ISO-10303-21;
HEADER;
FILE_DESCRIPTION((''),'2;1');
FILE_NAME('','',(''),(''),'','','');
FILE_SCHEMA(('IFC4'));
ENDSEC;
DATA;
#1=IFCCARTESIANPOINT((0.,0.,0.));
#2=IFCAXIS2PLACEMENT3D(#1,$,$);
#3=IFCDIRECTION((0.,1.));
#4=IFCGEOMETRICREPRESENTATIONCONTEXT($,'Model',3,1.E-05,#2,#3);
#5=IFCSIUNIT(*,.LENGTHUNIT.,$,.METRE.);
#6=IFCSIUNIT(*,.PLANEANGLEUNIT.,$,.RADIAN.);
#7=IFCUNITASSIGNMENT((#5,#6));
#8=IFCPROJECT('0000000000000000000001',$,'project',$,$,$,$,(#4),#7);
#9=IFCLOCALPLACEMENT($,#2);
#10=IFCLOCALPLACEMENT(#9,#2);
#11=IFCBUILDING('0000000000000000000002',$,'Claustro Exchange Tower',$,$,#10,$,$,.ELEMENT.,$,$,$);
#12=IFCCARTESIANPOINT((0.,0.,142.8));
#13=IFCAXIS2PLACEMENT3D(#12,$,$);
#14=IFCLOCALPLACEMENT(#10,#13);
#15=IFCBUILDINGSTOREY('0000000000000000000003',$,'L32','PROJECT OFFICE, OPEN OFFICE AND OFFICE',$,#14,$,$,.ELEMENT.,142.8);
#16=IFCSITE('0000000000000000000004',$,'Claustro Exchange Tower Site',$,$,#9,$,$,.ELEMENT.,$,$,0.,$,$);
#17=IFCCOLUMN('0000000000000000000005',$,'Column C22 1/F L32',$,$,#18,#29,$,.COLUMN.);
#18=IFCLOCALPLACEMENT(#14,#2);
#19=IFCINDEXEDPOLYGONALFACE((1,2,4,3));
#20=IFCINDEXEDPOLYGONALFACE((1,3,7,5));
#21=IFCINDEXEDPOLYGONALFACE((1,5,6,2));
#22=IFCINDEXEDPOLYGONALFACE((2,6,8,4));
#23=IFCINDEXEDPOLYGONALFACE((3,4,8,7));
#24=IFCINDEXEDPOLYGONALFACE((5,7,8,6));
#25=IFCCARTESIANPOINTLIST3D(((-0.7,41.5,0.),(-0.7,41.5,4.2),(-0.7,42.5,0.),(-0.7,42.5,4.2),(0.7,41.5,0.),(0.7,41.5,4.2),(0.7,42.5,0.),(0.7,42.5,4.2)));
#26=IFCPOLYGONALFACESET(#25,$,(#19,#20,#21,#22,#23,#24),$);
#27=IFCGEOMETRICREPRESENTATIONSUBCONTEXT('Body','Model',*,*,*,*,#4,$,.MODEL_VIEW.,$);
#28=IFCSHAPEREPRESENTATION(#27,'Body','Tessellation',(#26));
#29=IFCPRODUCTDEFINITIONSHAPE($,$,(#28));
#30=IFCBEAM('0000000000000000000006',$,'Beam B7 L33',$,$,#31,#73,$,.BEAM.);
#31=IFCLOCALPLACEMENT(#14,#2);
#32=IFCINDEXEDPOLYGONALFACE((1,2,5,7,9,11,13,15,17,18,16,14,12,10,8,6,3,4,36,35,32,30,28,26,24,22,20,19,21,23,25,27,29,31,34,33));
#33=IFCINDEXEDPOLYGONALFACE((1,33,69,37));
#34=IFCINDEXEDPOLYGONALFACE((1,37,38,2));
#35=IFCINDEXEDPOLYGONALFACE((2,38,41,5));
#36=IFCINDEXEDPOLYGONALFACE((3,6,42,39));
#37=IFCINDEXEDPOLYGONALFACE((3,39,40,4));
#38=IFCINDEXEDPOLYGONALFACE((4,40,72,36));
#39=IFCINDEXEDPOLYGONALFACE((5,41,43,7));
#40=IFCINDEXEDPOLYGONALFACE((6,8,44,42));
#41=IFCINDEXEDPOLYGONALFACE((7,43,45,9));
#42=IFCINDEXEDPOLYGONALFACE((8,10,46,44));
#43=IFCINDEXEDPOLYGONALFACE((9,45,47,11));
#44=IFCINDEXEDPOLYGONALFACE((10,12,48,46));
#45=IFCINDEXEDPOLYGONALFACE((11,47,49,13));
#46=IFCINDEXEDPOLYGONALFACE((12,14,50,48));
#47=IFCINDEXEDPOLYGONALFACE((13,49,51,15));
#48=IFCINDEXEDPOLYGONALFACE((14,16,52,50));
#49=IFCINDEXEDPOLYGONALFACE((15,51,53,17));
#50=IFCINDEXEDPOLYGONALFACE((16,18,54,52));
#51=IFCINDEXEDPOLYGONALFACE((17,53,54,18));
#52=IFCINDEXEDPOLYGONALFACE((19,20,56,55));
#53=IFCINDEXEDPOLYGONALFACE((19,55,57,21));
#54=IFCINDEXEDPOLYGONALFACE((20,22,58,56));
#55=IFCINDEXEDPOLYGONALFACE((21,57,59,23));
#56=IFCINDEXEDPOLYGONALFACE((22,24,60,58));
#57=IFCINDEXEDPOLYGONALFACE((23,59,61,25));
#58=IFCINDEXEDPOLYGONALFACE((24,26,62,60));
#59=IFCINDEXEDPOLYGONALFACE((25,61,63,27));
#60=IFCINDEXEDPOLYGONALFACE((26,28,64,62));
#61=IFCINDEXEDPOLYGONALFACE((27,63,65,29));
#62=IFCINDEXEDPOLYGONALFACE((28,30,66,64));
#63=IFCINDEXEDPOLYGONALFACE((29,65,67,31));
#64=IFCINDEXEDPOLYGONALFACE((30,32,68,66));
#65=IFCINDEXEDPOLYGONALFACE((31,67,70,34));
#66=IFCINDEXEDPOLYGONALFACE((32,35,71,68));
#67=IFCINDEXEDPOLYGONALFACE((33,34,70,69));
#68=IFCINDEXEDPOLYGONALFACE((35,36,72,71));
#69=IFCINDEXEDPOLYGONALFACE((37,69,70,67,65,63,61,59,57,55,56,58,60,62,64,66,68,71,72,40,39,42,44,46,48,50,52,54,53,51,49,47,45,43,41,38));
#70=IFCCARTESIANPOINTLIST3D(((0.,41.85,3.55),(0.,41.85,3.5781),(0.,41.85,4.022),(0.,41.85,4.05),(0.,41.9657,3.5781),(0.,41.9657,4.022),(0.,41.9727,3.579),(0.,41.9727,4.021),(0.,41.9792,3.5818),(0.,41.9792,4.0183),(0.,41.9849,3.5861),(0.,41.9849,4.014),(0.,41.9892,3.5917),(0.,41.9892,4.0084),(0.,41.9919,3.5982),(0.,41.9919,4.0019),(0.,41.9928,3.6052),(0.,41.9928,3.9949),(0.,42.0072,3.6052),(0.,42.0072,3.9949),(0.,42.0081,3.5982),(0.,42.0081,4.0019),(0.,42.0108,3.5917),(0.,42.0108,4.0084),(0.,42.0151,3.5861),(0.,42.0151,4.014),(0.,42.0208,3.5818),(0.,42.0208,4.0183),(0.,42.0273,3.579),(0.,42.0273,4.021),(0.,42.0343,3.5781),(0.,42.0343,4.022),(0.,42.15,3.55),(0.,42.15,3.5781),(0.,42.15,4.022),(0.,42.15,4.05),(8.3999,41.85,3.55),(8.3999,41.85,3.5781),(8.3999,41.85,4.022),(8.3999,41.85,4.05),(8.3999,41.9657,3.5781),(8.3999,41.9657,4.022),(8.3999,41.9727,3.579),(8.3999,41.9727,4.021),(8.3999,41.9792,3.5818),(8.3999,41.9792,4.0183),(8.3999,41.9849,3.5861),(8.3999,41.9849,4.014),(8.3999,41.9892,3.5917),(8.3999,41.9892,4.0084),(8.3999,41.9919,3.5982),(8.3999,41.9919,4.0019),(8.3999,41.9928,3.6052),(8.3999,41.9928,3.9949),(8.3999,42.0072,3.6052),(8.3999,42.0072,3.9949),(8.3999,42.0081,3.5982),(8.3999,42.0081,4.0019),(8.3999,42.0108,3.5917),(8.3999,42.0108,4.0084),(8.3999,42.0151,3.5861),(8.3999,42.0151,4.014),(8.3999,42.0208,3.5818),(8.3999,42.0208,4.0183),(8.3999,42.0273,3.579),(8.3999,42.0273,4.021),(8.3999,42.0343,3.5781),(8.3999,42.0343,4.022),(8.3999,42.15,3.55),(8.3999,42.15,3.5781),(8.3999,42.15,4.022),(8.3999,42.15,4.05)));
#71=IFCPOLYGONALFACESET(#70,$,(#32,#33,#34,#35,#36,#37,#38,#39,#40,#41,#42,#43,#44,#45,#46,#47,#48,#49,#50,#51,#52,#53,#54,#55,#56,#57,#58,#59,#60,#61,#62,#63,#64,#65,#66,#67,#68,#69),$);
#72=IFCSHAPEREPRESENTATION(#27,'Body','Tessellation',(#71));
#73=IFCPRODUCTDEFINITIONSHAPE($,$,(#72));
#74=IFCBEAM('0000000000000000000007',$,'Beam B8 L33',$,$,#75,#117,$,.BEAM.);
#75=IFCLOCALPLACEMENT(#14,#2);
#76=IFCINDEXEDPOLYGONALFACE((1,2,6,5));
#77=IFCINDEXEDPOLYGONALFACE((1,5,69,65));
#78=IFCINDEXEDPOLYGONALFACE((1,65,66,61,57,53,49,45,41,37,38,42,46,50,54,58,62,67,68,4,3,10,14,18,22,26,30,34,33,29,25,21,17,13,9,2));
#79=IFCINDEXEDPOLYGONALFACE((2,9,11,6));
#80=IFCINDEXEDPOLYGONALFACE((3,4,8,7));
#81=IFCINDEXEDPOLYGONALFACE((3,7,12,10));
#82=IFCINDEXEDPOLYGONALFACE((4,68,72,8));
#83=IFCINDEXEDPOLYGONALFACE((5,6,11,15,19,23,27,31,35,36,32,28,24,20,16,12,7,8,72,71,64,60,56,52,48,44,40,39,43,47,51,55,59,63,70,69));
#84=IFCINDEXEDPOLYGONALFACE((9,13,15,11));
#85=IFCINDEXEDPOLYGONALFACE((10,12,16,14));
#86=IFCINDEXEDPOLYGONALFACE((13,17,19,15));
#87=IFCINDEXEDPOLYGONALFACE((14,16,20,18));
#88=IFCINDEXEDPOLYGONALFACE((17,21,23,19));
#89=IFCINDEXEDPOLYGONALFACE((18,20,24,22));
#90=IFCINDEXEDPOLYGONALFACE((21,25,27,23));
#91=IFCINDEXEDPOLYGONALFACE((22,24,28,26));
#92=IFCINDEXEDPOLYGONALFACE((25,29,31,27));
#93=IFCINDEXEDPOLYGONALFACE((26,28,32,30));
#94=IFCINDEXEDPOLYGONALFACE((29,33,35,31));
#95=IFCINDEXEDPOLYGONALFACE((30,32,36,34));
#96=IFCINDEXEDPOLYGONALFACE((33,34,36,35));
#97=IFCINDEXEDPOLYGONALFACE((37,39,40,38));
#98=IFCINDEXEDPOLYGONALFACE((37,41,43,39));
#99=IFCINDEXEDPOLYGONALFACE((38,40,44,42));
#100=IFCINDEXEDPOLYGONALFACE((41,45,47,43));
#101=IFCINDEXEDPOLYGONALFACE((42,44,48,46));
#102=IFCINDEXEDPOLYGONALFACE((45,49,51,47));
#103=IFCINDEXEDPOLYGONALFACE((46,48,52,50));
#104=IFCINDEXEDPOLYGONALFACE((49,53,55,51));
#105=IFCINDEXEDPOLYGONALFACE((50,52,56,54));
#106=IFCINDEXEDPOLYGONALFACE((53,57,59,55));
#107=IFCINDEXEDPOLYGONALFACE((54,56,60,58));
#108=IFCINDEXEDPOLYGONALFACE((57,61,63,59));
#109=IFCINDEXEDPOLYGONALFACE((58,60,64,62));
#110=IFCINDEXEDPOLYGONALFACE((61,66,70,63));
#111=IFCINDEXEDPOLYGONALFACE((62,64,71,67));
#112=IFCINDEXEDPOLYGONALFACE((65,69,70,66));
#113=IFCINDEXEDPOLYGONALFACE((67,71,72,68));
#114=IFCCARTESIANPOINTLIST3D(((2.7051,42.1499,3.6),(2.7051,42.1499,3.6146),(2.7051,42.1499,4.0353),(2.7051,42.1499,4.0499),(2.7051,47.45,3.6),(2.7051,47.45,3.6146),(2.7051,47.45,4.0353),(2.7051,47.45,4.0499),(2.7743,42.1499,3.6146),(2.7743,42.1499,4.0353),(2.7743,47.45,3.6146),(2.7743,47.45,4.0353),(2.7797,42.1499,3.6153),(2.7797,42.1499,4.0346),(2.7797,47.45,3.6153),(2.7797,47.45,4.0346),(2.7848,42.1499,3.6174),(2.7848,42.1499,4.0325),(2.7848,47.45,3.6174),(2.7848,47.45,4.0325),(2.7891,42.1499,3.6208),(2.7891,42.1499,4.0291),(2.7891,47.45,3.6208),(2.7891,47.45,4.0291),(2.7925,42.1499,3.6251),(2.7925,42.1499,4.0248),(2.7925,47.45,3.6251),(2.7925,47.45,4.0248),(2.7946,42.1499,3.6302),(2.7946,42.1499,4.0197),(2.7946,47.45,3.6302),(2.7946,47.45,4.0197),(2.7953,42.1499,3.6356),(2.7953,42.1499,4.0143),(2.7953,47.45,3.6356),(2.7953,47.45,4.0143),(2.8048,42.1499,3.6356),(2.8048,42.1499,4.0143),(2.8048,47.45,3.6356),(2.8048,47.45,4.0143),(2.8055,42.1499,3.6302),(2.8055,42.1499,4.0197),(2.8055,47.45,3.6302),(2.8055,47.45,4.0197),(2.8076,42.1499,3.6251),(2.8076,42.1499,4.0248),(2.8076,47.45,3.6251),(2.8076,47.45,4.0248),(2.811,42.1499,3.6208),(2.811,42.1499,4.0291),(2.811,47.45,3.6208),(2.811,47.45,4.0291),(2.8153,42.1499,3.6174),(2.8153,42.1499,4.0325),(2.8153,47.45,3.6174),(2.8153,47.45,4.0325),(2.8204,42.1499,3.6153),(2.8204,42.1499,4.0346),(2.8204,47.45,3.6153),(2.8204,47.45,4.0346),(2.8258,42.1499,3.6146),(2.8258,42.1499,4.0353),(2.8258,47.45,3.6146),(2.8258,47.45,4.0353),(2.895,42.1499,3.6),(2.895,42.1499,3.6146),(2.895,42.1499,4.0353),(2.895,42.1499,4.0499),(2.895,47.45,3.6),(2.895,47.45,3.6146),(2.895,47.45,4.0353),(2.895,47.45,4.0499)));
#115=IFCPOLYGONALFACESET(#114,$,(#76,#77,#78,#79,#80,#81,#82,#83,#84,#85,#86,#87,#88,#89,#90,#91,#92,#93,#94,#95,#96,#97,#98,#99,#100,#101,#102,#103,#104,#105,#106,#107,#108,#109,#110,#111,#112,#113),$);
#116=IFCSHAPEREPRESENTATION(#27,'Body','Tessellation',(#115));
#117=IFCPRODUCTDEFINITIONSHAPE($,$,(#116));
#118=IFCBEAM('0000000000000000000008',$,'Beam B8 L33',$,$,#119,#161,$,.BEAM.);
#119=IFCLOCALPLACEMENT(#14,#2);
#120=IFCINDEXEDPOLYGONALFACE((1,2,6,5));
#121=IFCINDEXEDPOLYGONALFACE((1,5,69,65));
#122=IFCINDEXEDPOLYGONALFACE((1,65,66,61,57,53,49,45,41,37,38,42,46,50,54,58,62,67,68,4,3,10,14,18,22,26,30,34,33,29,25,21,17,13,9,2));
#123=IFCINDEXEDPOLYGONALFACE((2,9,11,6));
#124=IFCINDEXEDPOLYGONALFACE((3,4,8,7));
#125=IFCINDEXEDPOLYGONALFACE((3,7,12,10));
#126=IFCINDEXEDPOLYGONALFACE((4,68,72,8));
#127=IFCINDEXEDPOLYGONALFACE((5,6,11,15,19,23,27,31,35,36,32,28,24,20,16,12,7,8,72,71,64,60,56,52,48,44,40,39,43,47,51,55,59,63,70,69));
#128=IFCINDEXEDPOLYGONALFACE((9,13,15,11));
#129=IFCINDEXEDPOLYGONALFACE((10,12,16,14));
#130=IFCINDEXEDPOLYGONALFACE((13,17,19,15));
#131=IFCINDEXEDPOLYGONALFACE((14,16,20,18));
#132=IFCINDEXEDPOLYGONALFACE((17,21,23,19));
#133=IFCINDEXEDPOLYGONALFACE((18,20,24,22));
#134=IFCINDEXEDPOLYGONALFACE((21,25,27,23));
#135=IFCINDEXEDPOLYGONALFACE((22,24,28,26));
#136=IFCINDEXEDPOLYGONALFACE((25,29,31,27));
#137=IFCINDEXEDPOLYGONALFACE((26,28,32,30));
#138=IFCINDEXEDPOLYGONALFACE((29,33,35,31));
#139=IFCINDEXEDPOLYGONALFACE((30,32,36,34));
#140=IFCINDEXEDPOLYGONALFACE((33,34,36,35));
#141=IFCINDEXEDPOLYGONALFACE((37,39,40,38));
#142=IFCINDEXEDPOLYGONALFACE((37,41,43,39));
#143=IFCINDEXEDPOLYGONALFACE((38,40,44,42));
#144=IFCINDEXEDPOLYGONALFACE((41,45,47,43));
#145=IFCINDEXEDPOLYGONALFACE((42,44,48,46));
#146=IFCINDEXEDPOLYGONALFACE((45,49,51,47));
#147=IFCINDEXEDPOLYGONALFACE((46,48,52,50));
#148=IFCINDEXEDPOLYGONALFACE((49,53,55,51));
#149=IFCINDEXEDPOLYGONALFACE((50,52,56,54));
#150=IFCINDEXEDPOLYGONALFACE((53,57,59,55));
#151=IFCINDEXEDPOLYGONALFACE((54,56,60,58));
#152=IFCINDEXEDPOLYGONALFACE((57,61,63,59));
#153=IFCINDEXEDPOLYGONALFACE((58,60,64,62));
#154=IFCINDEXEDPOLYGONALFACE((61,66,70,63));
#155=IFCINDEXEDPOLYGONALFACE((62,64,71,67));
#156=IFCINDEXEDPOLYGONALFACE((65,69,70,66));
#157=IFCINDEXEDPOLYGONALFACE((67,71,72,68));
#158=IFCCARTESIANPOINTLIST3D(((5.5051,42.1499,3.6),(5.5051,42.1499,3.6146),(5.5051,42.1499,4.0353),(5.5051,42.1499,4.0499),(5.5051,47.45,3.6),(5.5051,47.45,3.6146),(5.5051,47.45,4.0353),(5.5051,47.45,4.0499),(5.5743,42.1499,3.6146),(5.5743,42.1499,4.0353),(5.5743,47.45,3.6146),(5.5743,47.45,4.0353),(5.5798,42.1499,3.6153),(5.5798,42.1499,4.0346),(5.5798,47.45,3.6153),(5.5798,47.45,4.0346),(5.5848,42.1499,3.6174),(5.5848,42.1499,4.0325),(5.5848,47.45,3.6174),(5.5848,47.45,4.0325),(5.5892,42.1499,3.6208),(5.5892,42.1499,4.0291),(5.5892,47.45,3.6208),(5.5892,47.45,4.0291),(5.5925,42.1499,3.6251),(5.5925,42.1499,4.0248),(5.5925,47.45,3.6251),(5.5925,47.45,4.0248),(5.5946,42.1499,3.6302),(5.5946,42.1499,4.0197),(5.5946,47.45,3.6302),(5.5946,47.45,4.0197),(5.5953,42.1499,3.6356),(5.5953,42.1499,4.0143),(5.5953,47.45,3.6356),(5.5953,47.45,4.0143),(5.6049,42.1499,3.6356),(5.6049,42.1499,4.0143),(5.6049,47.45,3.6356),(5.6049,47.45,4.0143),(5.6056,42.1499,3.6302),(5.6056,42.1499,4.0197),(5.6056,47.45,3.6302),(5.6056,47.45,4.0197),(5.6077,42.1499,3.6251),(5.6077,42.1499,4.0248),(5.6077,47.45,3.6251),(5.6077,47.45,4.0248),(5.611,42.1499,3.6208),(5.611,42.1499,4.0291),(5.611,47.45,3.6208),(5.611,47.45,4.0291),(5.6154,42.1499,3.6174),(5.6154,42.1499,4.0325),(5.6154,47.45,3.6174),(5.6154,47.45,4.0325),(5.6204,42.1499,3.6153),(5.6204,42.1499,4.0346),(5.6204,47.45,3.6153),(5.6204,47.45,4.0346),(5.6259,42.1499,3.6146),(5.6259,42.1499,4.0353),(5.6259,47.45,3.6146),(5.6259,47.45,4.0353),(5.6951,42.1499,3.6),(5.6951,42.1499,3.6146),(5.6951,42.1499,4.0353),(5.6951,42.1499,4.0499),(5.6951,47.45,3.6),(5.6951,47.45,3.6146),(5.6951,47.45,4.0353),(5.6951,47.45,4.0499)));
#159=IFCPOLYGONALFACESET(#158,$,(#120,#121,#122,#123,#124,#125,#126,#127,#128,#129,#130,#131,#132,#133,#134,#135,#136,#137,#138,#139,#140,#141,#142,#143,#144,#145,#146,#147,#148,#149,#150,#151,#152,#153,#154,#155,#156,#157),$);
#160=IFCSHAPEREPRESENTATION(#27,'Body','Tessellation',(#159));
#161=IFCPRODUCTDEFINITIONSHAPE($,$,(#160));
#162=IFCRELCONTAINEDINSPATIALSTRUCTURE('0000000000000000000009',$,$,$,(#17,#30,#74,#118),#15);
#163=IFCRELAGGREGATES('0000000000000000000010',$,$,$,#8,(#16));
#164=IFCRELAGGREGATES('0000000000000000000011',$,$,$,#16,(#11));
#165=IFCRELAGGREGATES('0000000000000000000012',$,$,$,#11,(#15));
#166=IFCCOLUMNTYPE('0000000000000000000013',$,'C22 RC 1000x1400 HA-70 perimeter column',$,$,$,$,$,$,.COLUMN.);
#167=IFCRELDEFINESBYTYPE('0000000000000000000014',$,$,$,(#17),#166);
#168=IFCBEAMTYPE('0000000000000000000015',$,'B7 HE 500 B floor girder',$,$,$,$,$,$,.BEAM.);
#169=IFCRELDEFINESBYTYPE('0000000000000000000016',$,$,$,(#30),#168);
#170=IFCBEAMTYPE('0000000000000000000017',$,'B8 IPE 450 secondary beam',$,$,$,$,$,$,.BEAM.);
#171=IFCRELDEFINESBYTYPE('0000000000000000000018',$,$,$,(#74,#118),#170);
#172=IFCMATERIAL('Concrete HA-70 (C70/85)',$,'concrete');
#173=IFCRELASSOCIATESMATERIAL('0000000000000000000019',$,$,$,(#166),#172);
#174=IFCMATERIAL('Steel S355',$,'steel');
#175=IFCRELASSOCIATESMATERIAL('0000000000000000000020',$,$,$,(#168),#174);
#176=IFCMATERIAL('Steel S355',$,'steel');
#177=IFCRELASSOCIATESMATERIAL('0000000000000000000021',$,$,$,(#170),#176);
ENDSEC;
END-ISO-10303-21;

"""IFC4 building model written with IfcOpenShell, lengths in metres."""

from ifc_helpers import new_model, si_unit, direction, frame, origin, origin_2d, place, context, subcontext, project, spatial, rectangle, i_section, extrude, material, material_profile, profile_set, type_object, element, save


model = new_model("IFC4")

# Units and contexts
model_context = context("Model", 3, precision=1e-05, world=origin(), true_north=direction((0.0, 1.0)))
body_context = subcontext(model_context, "Body", "Model", "MODEL_VIEW")
ifc_project = project(units=[si_unit("LENGTHUNIT", "METRE"), si_unit("PLANEANGLEUNIT", "RADIAN")], contexts=[model_context])

# Site, building, storey
site_placement = place(None, origin())
site = spatial("IfcSite", under=ifc_project, at=site_placement, Name="Claustro Exchange Tower Site", CompositionType="ELEMENT", RefElevation=0.0)
building_placement = place(site_placement, origin())
building = spatial("IfcBuilding", under=site, at=building_placement, Name="Claustro Exchange Tower", CompositionType="ELEMENT")
storey_placement = place(building_placement, frame((0.0, 0.0, 142.8)))
storey = spatial("IfcBuildingStorey", under=building, at=storey_placement, Name="L32", Description="PROJECT OFFICE, OPEN OFFICE AND OFFICE", CompositionType="ELEMENT", Elevation=142.8)

# Column
ifc_material_1 = material(Name="Concrete HA-70 (C70/85)", Category="concrete")
ifc_material_profile_1 = material_profile(ifc_material_1, rectangle(XDim=1.0, YDim=1.3999, at=origin_2d()), Name="RC 1000x1400")
ifc_profile_set_1 = profile_set([ifc_material_profile_1], Name="Concrete HA-70 (C70/85)")
column_type = type_object("IfcColumnType", Name="C22 RC 1000x1400 HA-70 perimeter column", PredefinedType="COLUMN", material=ifc_profile_set_1)
column_placement = place(storey_placement, frame((0.0, 42.0, 0.0), z_axis=(0.0, 0.0, 1.0), x_axis=(0.0, 1.0, 0.0)))
element("IfcColumn", 1, at=column_placement, inside=storey, type_object=column_type, Name="Column C22 1/F L32", PredefinedType="COLUMN", context=body_context, shape_type="SweptSolid", body=[
    extrude(rectangle(XDim=1.0, YDim=1.3999, at=origin_2d()), origin(), (0.0, 0.0, 1.0), 4.2),
])

# Beams
ifc_material_2 = material(Name="Steel S355", Category="steel")
ifc_material_profile_2 = material_profile(ifc_material_2, i_section(OverallWidth=0.3, OverallDepth=0.5, WebThickness=0.0144, FlangeThickness=0.0281, FilletRadius=0.0271, at=origin_2d()), Name="HE 500 B")
ifc_profile_set_2 = profile_set([ifc_material_profile_2], Name="Steel S355")
beam_type_1 = type_object("IfcBeamType", Name="B7 HE 500 B floor girder", PredefinedType="BEAM", material=ifc_profile_set_2)
beam_1_placement = place(storey_placement, frame((0.0, 42.0, 3.8), z_axis=(1.0, 0.0, 0.0), x_axis=(0.0, 1.0, 0.0)))
element("IfcBeam", 2, at=beam_1_placement, inside=storey, type_object=beam_type_1, Name="Beam B7 L33", PredefinedType="BEAM", context=body_context, shape_type="SweptSolid", body=[
    extrude(i_section(OverallWidth=0.3, OverallDepth=0.5, WebThickness=0.0144, FlangeThickness=0.0281, FilletRadius=0.0271, at=origin_2d()), origin(), (0.0, 0.0, 1.0), 8.3999),
])
ifc_material_3 = material(Name="Steel S355", Category="steel")
ifc_material_profile_3 = material_profile(ifc_material_3, i_section(OverallWidth=0.1899, OverallDepth=0.45, WebThickness=0.0095, FlangeThickness=0.0146, FilletRadius=0.021, at=origin_2d()), Name="IPE 450")
ifc_profile_set_3 = profile_set([ifc_material_profile_3], Name="Steel S355")
beam_type_2 = type_object("IfcBeamType", Name="B8 IPE 450 secondary beam", PredefinedType="BEAM", material=ifc_profile_set_3)
for number, where, z_axis, x_axis, name in (
    (3, (2.8, 42.1499, 3.825), (0.0, 1.0, 0.0), (-1.0, 0.0, 0.0), "Beam B8 L33"),
    (4, (5.6001, 42.1499, 3.825), (0.0, 1.0, 0.0), (-1.0, 0.0, 0.0), "Beam B8 L33"),
):
    element("IfcBeam", number, at=place(storey_placement, frame(where, z_axis=z_axis, x_axis=x_axis)), inside=storey, type_object=beam_type_2, Name=name, PredefinedType="BEAM", context=body_context, shape_type="SweptSolid", body=[
        extrude(i_section(OverallWidth=0.1899, OverallDepth=0.45, WebThickness=0.0095, FlangeThickness=0.0146, FilletRadius=0.021, at=origin_2d()), origin(), (0.0, 0.0, 1.0), 5.3),
    ])

save(model, "model.ifc")
